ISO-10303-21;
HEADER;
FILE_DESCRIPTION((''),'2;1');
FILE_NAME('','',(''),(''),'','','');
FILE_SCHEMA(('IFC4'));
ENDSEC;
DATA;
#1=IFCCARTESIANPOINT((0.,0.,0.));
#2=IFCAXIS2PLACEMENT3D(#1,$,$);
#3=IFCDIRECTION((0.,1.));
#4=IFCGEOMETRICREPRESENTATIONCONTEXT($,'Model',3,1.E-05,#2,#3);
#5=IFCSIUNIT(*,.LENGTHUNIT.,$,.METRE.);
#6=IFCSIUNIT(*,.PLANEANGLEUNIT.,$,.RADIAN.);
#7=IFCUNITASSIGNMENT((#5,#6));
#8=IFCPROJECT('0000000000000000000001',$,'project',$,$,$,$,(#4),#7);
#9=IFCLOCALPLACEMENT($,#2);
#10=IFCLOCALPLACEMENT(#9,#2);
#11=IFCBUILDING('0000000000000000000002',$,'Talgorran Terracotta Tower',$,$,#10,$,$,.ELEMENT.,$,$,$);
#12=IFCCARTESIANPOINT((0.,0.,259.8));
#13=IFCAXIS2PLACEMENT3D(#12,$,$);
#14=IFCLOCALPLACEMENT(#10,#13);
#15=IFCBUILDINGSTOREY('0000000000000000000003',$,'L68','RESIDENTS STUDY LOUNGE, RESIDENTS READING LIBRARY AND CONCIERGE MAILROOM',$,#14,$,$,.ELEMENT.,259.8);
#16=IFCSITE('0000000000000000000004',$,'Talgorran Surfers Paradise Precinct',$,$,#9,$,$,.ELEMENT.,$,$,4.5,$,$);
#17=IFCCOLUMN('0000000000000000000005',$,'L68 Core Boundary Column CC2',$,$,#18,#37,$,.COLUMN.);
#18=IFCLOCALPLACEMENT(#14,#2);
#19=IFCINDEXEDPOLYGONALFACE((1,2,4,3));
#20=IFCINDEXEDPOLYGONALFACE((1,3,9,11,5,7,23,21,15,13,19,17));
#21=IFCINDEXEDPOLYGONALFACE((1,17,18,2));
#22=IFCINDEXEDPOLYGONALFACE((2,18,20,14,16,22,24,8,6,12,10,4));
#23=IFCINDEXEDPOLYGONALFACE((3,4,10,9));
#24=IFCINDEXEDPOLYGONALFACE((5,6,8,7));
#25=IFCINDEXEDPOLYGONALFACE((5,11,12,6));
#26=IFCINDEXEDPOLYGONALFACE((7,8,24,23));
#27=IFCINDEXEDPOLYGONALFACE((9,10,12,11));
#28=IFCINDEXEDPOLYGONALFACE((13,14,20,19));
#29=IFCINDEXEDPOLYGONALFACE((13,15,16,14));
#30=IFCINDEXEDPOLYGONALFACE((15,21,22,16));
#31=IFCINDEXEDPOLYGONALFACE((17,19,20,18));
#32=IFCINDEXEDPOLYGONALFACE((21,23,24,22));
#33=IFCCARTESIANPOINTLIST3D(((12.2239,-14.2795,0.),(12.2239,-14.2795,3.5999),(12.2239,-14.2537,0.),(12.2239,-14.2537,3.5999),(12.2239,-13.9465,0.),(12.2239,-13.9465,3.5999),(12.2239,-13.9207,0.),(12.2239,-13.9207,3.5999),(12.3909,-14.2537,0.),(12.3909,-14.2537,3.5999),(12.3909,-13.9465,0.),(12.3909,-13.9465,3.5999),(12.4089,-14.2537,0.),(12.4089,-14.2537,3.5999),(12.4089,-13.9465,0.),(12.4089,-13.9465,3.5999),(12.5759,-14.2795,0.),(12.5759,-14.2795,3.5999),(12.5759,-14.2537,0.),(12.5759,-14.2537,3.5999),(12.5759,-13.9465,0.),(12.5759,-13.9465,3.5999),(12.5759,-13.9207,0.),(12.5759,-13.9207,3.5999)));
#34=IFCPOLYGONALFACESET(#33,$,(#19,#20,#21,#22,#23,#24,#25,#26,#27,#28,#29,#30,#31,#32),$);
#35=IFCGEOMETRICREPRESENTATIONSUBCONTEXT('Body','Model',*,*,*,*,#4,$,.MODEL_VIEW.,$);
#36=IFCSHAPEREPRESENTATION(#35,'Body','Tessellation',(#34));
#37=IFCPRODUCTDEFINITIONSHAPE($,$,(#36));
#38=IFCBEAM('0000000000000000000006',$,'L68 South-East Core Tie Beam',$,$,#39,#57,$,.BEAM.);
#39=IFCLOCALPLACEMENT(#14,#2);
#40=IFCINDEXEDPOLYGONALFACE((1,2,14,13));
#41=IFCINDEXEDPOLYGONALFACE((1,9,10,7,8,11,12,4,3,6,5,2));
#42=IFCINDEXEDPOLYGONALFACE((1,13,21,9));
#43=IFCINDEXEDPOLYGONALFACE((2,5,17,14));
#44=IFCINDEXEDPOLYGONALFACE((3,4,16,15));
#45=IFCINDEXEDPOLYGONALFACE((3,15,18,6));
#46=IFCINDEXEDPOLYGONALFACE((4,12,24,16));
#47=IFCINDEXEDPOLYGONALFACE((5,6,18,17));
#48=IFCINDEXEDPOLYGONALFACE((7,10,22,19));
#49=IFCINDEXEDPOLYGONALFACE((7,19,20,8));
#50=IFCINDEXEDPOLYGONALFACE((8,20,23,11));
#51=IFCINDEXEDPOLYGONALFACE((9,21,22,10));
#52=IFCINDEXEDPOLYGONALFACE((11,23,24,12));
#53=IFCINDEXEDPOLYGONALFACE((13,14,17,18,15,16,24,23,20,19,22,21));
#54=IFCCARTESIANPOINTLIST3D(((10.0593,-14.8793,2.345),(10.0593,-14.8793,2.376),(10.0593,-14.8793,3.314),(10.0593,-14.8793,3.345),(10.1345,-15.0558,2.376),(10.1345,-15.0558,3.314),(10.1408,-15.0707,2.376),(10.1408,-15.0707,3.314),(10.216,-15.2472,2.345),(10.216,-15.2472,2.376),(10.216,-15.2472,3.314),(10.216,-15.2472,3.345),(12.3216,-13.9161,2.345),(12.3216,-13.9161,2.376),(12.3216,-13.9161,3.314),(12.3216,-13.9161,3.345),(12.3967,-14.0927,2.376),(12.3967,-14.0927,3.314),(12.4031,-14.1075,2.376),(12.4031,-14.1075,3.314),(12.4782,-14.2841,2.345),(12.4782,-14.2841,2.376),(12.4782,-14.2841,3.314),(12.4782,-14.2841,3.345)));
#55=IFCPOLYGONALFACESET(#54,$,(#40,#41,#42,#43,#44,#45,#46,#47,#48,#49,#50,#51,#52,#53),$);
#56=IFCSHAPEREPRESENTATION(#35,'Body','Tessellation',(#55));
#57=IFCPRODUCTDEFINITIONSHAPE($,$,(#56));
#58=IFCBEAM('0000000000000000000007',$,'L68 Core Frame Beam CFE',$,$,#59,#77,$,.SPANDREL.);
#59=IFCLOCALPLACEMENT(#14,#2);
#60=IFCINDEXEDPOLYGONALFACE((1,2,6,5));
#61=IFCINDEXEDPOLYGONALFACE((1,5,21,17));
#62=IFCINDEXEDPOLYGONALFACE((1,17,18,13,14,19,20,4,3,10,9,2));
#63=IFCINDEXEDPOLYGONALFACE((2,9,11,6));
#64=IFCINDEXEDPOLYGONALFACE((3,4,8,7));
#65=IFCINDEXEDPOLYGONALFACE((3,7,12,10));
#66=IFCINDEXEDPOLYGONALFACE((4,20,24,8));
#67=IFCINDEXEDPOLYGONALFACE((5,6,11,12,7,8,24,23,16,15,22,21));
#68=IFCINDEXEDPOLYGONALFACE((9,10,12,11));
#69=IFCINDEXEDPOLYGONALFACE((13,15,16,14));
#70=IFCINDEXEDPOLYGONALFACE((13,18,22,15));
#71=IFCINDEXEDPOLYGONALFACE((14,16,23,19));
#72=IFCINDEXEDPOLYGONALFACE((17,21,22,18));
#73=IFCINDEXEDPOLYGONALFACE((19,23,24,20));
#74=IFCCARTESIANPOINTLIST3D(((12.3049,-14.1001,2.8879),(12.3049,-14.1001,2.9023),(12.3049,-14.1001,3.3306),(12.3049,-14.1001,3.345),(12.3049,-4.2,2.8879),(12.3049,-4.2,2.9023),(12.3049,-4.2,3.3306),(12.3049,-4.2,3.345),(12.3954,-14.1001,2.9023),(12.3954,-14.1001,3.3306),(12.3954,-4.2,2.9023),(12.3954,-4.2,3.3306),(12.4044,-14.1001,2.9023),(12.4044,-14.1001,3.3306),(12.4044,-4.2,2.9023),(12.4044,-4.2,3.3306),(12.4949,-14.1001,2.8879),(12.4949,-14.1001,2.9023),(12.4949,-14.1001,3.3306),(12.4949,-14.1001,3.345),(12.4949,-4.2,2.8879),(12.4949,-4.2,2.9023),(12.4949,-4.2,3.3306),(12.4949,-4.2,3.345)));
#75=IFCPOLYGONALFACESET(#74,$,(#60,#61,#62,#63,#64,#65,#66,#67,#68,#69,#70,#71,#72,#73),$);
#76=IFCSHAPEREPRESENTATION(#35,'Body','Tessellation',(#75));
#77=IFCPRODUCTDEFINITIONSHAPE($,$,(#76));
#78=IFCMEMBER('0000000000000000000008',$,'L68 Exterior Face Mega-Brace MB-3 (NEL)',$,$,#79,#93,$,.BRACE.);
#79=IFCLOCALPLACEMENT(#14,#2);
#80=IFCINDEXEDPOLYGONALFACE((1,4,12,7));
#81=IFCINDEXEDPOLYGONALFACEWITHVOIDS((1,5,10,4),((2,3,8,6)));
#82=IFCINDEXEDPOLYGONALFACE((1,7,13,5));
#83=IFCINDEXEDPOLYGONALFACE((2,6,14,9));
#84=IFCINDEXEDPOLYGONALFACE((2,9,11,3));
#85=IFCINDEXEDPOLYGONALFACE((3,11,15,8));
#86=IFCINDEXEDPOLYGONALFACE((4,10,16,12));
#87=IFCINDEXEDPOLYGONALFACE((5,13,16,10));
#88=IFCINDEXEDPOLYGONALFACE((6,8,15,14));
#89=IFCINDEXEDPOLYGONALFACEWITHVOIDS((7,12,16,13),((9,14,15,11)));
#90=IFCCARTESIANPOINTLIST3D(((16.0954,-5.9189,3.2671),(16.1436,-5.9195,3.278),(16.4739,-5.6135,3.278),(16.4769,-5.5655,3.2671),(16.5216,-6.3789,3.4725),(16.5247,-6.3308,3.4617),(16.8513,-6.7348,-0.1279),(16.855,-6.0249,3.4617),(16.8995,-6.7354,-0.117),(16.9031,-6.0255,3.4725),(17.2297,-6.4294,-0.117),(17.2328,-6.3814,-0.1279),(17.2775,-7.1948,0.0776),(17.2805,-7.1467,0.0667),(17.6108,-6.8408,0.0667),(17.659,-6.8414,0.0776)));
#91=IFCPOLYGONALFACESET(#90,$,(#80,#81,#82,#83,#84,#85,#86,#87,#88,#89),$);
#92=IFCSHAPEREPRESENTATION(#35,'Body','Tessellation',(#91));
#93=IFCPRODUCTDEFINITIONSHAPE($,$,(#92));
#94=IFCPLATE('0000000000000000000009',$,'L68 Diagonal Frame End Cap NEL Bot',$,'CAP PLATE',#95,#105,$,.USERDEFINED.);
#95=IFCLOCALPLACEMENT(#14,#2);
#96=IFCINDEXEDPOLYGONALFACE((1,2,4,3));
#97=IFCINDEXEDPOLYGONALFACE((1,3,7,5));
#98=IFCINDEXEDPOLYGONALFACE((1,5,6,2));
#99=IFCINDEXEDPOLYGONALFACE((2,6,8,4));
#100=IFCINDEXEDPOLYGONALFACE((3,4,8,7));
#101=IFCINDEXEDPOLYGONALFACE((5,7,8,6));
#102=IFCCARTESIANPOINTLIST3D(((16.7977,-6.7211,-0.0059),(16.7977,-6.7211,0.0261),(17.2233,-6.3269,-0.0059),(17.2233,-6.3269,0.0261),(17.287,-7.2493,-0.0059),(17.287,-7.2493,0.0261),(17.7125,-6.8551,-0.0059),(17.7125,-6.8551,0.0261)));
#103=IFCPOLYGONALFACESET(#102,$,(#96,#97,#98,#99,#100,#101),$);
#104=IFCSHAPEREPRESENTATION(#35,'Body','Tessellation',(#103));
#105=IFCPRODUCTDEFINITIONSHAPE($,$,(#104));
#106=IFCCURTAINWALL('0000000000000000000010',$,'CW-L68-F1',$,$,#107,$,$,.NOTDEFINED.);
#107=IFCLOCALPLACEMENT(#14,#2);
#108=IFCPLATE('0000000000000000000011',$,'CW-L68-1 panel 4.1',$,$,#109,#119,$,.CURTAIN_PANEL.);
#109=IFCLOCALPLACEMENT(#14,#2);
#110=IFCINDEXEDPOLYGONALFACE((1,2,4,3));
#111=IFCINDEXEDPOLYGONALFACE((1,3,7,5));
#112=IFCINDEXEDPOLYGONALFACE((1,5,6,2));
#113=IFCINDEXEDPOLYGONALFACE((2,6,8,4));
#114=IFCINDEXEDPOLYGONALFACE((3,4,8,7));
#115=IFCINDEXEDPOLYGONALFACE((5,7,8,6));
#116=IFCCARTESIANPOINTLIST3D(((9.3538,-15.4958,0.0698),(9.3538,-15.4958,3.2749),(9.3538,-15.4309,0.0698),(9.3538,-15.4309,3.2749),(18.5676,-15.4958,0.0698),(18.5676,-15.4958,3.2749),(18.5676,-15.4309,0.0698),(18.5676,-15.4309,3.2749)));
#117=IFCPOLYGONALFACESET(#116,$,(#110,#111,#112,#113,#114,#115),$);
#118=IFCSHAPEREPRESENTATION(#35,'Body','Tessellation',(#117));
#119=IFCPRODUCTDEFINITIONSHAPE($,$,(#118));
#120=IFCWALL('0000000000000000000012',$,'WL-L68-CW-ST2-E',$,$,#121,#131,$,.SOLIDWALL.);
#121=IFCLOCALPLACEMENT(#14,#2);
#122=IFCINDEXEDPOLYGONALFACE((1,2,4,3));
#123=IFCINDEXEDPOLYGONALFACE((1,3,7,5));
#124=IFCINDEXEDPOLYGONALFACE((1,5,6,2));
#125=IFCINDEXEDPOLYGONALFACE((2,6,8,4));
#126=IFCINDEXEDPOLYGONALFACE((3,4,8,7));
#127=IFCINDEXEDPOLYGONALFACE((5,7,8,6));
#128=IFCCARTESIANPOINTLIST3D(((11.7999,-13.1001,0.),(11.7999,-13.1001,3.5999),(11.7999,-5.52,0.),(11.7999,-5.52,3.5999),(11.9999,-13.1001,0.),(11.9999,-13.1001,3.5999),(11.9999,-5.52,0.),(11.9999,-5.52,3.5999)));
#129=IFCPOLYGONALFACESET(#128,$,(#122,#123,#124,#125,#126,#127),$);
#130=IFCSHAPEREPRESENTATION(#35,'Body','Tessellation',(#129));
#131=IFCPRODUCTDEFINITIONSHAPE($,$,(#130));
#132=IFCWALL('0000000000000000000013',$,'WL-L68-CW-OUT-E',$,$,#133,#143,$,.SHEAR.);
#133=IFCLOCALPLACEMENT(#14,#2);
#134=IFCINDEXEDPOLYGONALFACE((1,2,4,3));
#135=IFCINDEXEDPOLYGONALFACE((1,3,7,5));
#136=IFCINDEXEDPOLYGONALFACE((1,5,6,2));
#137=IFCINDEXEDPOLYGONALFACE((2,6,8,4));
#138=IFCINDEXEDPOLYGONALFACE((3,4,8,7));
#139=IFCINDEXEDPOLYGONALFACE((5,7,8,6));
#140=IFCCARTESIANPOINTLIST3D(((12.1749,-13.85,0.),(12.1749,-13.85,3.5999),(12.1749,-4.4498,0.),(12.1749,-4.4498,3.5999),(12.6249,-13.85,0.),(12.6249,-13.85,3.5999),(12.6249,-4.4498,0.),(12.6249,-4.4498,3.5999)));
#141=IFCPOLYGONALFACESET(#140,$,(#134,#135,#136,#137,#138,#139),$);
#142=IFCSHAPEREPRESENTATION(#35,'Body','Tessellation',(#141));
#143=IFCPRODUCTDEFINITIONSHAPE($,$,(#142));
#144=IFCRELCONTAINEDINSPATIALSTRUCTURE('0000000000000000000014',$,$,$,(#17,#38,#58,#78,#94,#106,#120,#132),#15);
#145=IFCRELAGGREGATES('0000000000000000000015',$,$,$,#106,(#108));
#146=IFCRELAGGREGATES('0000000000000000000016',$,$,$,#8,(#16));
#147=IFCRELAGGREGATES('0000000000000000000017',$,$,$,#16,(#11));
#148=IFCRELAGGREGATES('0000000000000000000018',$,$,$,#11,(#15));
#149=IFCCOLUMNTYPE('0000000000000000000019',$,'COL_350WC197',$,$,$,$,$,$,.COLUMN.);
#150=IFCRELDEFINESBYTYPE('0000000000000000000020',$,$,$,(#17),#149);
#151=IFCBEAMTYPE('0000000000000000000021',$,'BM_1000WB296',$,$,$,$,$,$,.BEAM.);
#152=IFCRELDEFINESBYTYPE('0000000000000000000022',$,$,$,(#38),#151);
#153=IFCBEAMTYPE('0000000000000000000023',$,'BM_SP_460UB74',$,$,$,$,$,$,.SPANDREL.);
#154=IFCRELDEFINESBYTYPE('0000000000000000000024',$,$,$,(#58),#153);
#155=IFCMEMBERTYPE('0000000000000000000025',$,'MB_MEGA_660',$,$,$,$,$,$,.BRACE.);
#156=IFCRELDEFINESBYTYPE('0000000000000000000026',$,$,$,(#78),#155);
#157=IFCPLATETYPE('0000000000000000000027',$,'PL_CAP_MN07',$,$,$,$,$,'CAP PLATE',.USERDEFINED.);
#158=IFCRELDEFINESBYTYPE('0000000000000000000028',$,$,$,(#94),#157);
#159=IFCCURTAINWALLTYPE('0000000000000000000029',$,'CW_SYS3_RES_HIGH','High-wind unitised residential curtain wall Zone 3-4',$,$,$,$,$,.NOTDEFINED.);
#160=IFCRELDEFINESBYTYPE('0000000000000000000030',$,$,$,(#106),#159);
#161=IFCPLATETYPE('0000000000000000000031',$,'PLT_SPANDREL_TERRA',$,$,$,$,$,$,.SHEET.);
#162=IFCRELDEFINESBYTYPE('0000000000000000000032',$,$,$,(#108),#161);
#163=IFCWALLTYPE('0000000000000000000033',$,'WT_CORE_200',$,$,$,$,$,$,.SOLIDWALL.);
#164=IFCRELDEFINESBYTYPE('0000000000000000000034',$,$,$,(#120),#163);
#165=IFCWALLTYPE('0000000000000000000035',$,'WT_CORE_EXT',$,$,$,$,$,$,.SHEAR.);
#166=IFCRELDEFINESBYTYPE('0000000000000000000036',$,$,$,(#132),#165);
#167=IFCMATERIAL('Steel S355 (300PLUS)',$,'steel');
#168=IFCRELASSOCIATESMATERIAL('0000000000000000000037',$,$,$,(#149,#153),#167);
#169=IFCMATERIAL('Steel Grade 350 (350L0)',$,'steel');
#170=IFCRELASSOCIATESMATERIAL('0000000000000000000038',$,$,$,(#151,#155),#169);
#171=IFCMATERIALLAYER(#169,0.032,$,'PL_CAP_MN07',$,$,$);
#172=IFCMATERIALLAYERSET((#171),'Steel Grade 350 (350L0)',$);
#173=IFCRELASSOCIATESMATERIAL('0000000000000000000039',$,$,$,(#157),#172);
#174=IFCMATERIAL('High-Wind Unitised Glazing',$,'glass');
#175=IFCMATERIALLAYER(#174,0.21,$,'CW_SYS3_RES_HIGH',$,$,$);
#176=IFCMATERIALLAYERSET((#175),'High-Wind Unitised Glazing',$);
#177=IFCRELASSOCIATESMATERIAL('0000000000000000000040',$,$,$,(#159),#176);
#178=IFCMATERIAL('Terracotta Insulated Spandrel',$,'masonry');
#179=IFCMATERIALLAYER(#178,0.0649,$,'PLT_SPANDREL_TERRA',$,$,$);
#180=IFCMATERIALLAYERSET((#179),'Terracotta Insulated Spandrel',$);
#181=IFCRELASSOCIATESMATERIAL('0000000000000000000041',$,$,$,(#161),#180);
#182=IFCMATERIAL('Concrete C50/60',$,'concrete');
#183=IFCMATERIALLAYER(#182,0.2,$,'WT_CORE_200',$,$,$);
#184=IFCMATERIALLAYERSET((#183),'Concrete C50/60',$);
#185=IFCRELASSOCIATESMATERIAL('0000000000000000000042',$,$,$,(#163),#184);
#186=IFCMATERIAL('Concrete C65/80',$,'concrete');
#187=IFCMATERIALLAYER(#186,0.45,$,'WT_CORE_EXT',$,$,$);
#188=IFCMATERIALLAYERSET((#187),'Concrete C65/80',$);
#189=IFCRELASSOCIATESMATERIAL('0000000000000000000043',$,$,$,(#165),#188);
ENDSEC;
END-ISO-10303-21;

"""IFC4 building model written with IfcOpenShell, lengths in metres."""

from ifc_helpers import new_model, si_unit, direction, frame, frame_2d, origin, origin_2d, place, context, subcontext, project, spatial, rectangle, hollow_rectangle, i_section, extrude, source, transform, mapped, material, layer, layer_set, material_profile, profile_set, type_object, type_shapes, element, aggregate, save


model = new_model("IFC4")

# Units and contexts
model_context = context("Model", 3, precision=1e-05, world=origin(), true_north=direction((0.0, 1.0)))
body_context = subcontext(model_context, "Body", "Model", "MODEL_VIEW")
ifc_project = project(units=[si_unit("LENGTHUNIT", "METRE"), si_unit("PLANEANGLEUNIT", "RADIAN")], contexts=[model_context])

# Site, building, storey
site_placement = place(None, origin())
site = spatial("IfcSite", under=ifc_project, at=site_placement, Name="Talgorran Surfers Paradise Precinct", CompositionType="ELEMENT", RefElevation=4.5)
building_placement = place(site_placement, origin())
building = spatial("IfcBuilding", under=site, at=building_placement, Name="Talgorran Terracotta Tower", CompositionType="ELEMENT")
storey_placement = place(building_placement, frame((0.0, 0.0, 259.8)))
storey = spatial("IfcBuildingStorey", under=building, at=storey_placement, Name="L68", Description="RESIDENTS STUDY LOUNGE, RESIDENTS READING LIBRARY AND CONCIERGE MAILROOM", CompositionType="ELEMENT", Elevation=259.8)

# Column
ifc_material_1 = material(Name="Steel S355 (300PLUS)", Category="steel")
ifc_material_profile_1 = material_profile(ifc_material_1, i_section(OverallWidth=0.3521, OverallDepth=0.3589, WebThickness=0.0181, FlangeThickness=0.0259, at=origin_2d()), Name="350WC197")
ifc_profile_set_1 = profile_set([ifc_material_profile_1], Name="Steel S355 (300PLUS)")
column_type = type_object("IfcColumnType", Name="COL_350WC197", PredefinedType="COLUMN", material=ifc_profile_set_1)
column_placement = place(storey_placement, frame((12.3999, -14.1001, 0.0), z_axis=(0.0, 0.0, 1.0), x_axis=(1.0, 0.0, 0.0)))
element("IfcColumn", 1, at=column_placement, inside=storey, type_object=column_type, Name="L68 Core Boundary Column CC2", PredefinedType="COLUMN", context=body_context, shape_type="SweptSolid", body=[
    extrude(i_section(OverallWidth=0.3521, OverallDepth=0.3589, WebThickness=0.0181, FlangeThickness=0.0259, at=origin_2d()), origin(), (0.0, 0.0, 1.0), 3.5999),
])

# Beams
ifc_material_2 = material(Name="Steel Grade 350 (350L0)", Category="steel")
ifc_material_profile_2 = material_profile(ifc_material_2, i_section(OverallWidth=0.3999, OverallDepth=1.0, WebThickness=0.0161, FlangeThickness=0.031, at=origin_2d()), Name="1000WB296")
ifc_profile_set_2 = profile_set([ifc_material_profile_2], Name="Steel Grade 350 (350L0)")
beam_type_1 = type_object("IfcBeamType", Name="BM_1000WB296", PredefinedType="BEAM", material=ifc_profile_set_2)
beam_1_placement = place(storey_placement, frame((12.3999, -14.1001, 2.845), z_axis=(-0.920082, -0.391725, 0.0), x_axis=(0.391725, -0.920082, 0.0)))
element("IfcBeam", 2, at=beam_1_placement, inside=storey, type_object=beam_type_1, Name="L68 South-East Core Tie Beam", PredefinedType="BEAM", context=body_context, shape_type="SweptSolid", body=[
    extrude(i_section(OverallWidth=0.3999, OverallDepth=1.0, WebThickness=0.0161, FlangeThickness=0.031, at=origin_2d()), origin(), (0.0, 0.0, 1.0), 2.4587),
])
ifc_material_profile_3 = material_profile(ifc_material_1, i_section(OverallWidth=0.1899, OverallDepth=0.457, WebThickness=0.009, FlangeThickness=0.0144, at=origin_2d()), Name="460UB74.6")
ifc_profile_set_3 = profile_set([ifc_material_profile_3], Name="Steel S355 (300PLUS)")
beam_type_2 = type_object("IfcBeamType", Name="BM_SP_460UB74", PredefinedType="SPANDREL", material=ifc_profile_set_3)
beam_2_placement = place(storey_placement, frame((12.3999, -14.1001, 3.1165), z_axis=(0.0, 1.0, 0.0), x_axis=(-1.0, 0.0, 0.0)))
element("IfcBeam", 3, at=beam_2_placement, inside=storey, type_object=beam_type_2, Name="L68 Core Frame Beam CFE", PredefinedType="SPANDREL", context=body_context, shape_type="SweptSolid", body=[
    extrude(i_section(OverallWidth=0.1899, OverallDepth=0.457, WebThickness=0.009, FlangeThickness=0.0144, at=origin_2d()), origin(), (0.0, 0.0, 1.0), 9.9001),
])

# Member
ifc_material_profile_4 = material_profile(ifc_material_2, hollow_rectangle(XDim=0.52, YDim=0.6599, WallThickness=0.0349, at=origin_2d()), Name="WBOX660X520X35")
ifc_profile_set_4 = profile_set([ifc_material_profile_4], Name="Steel Grade 350 (350L0)")
member_type = type_object("IfcMemberType", Name="MB_MEGA_660", PredefinedType="BRACE", material=ifc_profile_set_4)
member_placement = place(storey_placement, frame((17.2551, -6.7881, -0.0251), z_axis=(-0.211573, 0.228385, 0.950304), x_axis=(-0.73359, -0.679592, 0.0)))
element("IfcMember", 4, at=member_placement, inside=storey, type_object=member_type, Name="L68 Exterior Face Mega-Brace MB-3 (NEL)", PredefinedType="BRACE", context=body_context, shape_type="SweptSolid", body=[
    extrude(hollow_rectangle(XDim=0.52, YDim=0.6599, WallThickness=0.0349, at=origin_2d()), origin(), (0.0, 0.0, 1.0), 3.5725),
])

# Plate
ifc_layer_1 = layer(ifc_material_2, 0.032, Name="PL_CAP_MN07")
ifc_layer_set_1 = layer_set([ifc_layer_1], Name="Steel Grade 350 (350L0)")
plate_type_1 = type_object("IfcPlateType", Name="PL_CAP_MN07", ElementType="CAP PLATE", PredefinedType="USERDEFINED", material=ifc_layer_set_1)
plate_1_placement = place(storey_placement, frame((17.2551, -6.7881, -0.0059), z_axis=(0.0, 0.0, 1.0), x_axis=(-0.679569, 0.733611, 0.0)))
element("IfcPlate", 5, at=plate_1_placement, inside=storey, type_object=plate_type_1, Name="L68 Diagonal Frame End Cap NEL Bot", ObjectType="CAP PLATE", PredefinedType="USERDEFINED", context=body_context, shape_type="SweptSolid", body=[
    extrude(rectangle(XDim=0.72, YDim=0.5801, at=origin_2d()), origin(), (0.0, 0.0, 1.0), 0.032),
])

# Curtain wall, plate
ifc_material_3 = material(Name="High-Wind Unitised Glazing", Category="glass")
ifc_layer_2 = layer(ifc_material_3, 0.21, Name="CW_SYS3_RES_HIGH")
ifc_layer_set_2 = layer_set([ifc_layer_2], Name="High-Wind Unitised Glazing")
curtain_wall_type = type_object("IfcCurtainWallType", Name="CW_SYS3_RES_HIGH", Description="High-wind unitised residential curtain wall Zone 3-4", PredefinedType="NOTDEFINED", material=ifc_layer_set_2)
curtain_wall_placement = place(storey_placement, origin())
curtain_wall = element("IfcCurtainWall", 6, at=curtain_wall_placement, inside=storey, type_object=curtain_wall_type, Name="CW-L68-F1", PredefinedType="NOTDEFINED")
ifc_material_4 = material(Name="Terracotta Insulated Spandrel", Category="masonry")
ifc_layer_3 = layer(ifc_material_4, 0.0649, Name="PLT_SPANDREL_TERRA")
ifc_layer_set_3 = layer_set([ifc_layer_3], Name="Terracotta Insulated Spandrel")
plate_type_2 = type_object("IfcPlateType", Name="PLT_SPANDREL_TERRA", PredefinedType="SHEET", material=ifc_layer_set_3)
shared_shape = source(origin(), body_context, "Body", "SweptSolid", [
    extrude(rectangle(XDim=9.2139, YDim=0.0649, at=origin_2d()), origin(), (0.0, 0.0, 1.0), 3.2051),
])
type_shapes(plate_type_2, [shared_shape])
plate_2_placement = place(storey_placement, frame((13.9607, -15.4634, 0.0698), z_axis=(0.0, 0.0, 1.0), x_axis=(1.0, 0.0, 0.0)))
plate_2 = element("IfcPlate", 7, at=plate_2_placement, type_object=plate_type_2, Name="CW-L68-1 panel 4.1", PredefinedType="CURTAIN_PANEL", context=body_context, shape_type="MappedRepresentation", body=[
    mapped(shared_shape, transform((0.0, 0.0, 0.0), scale=1.0)),
])
aggregate(curtain_wall, [plate_2])

# Walls
ifc_material_5 = material(Name="Concrete C50/60", Category="concrete")
ifc_layer_4 = layer(ifc_material_5, 0.2, Name="WT_CORE_200")
ifc_layer_set_4 = layer_set([ifc_layer_4], Name="Concrete C50/60")
wall_type_1 = type_object("IfcWallType", Name="WT_CORE_200", PredefinedType="SOLIDWALL", material=ifc_layer_set_4)
wall_1_placement = place(storey_placement, frame((11.8999, -13.1001, 0.0), z_axis=(0.0, 0.0, 1.0), x_axis=(0.0, 1.0, 0.0)))
element("IfcWall", 8, at=wall_1_placement, inside=storey, type_object=wall_type_1, Name="WL-L68-CW-ST2-E", PredefinedType="SOLIDWALL", context=body_context, shape_type="SweptSolid", body=[
    extrude(rectangle(XDim=7.5801, YDim=0.2, at=frame_2d((3.79, 0.0))), origin(), (0.0, 0.0, 1.0), 3.5999),
])
ifc_material_6 = material(Name="Concrete C65/80", Category="concrete")
ifc_layer_5 = layer(ifc_material_6, 0.45, Name="WT_CORE_EXT")
ifc_layer_set_5 = layer_set([ifc_layer_5], Name="Concrete C65/80")
wall_type_2 = type_object("IfcWallType", Name="WT_CORE_EXT", PredefinedType="SHEAR", material=ifc_layer_set_5)
wall_2_placement = place(storey_placement, frame((12.3999, -13.8501, 0.0), z_axis=(0.0, 0.0, 1.0), x_axis=(0.0, 1.0, 0.0)))
element("IfcWall", 9, at=wall_2_placement, inside=storey, type_object=wall_type_2, Name="WL-L68-CW-OUT-E", PredefinedType="SHEAR", context=body_context, shape_type="SweptSolid", body=[
    extrude(rectangle(XDim=9.4001, YDim=0.45, at=frame_2d((4.7002, 0.0))), origin(), (0.0, 0.0, 1.0), 3.5999),
])

save(model, "model.ifc")
